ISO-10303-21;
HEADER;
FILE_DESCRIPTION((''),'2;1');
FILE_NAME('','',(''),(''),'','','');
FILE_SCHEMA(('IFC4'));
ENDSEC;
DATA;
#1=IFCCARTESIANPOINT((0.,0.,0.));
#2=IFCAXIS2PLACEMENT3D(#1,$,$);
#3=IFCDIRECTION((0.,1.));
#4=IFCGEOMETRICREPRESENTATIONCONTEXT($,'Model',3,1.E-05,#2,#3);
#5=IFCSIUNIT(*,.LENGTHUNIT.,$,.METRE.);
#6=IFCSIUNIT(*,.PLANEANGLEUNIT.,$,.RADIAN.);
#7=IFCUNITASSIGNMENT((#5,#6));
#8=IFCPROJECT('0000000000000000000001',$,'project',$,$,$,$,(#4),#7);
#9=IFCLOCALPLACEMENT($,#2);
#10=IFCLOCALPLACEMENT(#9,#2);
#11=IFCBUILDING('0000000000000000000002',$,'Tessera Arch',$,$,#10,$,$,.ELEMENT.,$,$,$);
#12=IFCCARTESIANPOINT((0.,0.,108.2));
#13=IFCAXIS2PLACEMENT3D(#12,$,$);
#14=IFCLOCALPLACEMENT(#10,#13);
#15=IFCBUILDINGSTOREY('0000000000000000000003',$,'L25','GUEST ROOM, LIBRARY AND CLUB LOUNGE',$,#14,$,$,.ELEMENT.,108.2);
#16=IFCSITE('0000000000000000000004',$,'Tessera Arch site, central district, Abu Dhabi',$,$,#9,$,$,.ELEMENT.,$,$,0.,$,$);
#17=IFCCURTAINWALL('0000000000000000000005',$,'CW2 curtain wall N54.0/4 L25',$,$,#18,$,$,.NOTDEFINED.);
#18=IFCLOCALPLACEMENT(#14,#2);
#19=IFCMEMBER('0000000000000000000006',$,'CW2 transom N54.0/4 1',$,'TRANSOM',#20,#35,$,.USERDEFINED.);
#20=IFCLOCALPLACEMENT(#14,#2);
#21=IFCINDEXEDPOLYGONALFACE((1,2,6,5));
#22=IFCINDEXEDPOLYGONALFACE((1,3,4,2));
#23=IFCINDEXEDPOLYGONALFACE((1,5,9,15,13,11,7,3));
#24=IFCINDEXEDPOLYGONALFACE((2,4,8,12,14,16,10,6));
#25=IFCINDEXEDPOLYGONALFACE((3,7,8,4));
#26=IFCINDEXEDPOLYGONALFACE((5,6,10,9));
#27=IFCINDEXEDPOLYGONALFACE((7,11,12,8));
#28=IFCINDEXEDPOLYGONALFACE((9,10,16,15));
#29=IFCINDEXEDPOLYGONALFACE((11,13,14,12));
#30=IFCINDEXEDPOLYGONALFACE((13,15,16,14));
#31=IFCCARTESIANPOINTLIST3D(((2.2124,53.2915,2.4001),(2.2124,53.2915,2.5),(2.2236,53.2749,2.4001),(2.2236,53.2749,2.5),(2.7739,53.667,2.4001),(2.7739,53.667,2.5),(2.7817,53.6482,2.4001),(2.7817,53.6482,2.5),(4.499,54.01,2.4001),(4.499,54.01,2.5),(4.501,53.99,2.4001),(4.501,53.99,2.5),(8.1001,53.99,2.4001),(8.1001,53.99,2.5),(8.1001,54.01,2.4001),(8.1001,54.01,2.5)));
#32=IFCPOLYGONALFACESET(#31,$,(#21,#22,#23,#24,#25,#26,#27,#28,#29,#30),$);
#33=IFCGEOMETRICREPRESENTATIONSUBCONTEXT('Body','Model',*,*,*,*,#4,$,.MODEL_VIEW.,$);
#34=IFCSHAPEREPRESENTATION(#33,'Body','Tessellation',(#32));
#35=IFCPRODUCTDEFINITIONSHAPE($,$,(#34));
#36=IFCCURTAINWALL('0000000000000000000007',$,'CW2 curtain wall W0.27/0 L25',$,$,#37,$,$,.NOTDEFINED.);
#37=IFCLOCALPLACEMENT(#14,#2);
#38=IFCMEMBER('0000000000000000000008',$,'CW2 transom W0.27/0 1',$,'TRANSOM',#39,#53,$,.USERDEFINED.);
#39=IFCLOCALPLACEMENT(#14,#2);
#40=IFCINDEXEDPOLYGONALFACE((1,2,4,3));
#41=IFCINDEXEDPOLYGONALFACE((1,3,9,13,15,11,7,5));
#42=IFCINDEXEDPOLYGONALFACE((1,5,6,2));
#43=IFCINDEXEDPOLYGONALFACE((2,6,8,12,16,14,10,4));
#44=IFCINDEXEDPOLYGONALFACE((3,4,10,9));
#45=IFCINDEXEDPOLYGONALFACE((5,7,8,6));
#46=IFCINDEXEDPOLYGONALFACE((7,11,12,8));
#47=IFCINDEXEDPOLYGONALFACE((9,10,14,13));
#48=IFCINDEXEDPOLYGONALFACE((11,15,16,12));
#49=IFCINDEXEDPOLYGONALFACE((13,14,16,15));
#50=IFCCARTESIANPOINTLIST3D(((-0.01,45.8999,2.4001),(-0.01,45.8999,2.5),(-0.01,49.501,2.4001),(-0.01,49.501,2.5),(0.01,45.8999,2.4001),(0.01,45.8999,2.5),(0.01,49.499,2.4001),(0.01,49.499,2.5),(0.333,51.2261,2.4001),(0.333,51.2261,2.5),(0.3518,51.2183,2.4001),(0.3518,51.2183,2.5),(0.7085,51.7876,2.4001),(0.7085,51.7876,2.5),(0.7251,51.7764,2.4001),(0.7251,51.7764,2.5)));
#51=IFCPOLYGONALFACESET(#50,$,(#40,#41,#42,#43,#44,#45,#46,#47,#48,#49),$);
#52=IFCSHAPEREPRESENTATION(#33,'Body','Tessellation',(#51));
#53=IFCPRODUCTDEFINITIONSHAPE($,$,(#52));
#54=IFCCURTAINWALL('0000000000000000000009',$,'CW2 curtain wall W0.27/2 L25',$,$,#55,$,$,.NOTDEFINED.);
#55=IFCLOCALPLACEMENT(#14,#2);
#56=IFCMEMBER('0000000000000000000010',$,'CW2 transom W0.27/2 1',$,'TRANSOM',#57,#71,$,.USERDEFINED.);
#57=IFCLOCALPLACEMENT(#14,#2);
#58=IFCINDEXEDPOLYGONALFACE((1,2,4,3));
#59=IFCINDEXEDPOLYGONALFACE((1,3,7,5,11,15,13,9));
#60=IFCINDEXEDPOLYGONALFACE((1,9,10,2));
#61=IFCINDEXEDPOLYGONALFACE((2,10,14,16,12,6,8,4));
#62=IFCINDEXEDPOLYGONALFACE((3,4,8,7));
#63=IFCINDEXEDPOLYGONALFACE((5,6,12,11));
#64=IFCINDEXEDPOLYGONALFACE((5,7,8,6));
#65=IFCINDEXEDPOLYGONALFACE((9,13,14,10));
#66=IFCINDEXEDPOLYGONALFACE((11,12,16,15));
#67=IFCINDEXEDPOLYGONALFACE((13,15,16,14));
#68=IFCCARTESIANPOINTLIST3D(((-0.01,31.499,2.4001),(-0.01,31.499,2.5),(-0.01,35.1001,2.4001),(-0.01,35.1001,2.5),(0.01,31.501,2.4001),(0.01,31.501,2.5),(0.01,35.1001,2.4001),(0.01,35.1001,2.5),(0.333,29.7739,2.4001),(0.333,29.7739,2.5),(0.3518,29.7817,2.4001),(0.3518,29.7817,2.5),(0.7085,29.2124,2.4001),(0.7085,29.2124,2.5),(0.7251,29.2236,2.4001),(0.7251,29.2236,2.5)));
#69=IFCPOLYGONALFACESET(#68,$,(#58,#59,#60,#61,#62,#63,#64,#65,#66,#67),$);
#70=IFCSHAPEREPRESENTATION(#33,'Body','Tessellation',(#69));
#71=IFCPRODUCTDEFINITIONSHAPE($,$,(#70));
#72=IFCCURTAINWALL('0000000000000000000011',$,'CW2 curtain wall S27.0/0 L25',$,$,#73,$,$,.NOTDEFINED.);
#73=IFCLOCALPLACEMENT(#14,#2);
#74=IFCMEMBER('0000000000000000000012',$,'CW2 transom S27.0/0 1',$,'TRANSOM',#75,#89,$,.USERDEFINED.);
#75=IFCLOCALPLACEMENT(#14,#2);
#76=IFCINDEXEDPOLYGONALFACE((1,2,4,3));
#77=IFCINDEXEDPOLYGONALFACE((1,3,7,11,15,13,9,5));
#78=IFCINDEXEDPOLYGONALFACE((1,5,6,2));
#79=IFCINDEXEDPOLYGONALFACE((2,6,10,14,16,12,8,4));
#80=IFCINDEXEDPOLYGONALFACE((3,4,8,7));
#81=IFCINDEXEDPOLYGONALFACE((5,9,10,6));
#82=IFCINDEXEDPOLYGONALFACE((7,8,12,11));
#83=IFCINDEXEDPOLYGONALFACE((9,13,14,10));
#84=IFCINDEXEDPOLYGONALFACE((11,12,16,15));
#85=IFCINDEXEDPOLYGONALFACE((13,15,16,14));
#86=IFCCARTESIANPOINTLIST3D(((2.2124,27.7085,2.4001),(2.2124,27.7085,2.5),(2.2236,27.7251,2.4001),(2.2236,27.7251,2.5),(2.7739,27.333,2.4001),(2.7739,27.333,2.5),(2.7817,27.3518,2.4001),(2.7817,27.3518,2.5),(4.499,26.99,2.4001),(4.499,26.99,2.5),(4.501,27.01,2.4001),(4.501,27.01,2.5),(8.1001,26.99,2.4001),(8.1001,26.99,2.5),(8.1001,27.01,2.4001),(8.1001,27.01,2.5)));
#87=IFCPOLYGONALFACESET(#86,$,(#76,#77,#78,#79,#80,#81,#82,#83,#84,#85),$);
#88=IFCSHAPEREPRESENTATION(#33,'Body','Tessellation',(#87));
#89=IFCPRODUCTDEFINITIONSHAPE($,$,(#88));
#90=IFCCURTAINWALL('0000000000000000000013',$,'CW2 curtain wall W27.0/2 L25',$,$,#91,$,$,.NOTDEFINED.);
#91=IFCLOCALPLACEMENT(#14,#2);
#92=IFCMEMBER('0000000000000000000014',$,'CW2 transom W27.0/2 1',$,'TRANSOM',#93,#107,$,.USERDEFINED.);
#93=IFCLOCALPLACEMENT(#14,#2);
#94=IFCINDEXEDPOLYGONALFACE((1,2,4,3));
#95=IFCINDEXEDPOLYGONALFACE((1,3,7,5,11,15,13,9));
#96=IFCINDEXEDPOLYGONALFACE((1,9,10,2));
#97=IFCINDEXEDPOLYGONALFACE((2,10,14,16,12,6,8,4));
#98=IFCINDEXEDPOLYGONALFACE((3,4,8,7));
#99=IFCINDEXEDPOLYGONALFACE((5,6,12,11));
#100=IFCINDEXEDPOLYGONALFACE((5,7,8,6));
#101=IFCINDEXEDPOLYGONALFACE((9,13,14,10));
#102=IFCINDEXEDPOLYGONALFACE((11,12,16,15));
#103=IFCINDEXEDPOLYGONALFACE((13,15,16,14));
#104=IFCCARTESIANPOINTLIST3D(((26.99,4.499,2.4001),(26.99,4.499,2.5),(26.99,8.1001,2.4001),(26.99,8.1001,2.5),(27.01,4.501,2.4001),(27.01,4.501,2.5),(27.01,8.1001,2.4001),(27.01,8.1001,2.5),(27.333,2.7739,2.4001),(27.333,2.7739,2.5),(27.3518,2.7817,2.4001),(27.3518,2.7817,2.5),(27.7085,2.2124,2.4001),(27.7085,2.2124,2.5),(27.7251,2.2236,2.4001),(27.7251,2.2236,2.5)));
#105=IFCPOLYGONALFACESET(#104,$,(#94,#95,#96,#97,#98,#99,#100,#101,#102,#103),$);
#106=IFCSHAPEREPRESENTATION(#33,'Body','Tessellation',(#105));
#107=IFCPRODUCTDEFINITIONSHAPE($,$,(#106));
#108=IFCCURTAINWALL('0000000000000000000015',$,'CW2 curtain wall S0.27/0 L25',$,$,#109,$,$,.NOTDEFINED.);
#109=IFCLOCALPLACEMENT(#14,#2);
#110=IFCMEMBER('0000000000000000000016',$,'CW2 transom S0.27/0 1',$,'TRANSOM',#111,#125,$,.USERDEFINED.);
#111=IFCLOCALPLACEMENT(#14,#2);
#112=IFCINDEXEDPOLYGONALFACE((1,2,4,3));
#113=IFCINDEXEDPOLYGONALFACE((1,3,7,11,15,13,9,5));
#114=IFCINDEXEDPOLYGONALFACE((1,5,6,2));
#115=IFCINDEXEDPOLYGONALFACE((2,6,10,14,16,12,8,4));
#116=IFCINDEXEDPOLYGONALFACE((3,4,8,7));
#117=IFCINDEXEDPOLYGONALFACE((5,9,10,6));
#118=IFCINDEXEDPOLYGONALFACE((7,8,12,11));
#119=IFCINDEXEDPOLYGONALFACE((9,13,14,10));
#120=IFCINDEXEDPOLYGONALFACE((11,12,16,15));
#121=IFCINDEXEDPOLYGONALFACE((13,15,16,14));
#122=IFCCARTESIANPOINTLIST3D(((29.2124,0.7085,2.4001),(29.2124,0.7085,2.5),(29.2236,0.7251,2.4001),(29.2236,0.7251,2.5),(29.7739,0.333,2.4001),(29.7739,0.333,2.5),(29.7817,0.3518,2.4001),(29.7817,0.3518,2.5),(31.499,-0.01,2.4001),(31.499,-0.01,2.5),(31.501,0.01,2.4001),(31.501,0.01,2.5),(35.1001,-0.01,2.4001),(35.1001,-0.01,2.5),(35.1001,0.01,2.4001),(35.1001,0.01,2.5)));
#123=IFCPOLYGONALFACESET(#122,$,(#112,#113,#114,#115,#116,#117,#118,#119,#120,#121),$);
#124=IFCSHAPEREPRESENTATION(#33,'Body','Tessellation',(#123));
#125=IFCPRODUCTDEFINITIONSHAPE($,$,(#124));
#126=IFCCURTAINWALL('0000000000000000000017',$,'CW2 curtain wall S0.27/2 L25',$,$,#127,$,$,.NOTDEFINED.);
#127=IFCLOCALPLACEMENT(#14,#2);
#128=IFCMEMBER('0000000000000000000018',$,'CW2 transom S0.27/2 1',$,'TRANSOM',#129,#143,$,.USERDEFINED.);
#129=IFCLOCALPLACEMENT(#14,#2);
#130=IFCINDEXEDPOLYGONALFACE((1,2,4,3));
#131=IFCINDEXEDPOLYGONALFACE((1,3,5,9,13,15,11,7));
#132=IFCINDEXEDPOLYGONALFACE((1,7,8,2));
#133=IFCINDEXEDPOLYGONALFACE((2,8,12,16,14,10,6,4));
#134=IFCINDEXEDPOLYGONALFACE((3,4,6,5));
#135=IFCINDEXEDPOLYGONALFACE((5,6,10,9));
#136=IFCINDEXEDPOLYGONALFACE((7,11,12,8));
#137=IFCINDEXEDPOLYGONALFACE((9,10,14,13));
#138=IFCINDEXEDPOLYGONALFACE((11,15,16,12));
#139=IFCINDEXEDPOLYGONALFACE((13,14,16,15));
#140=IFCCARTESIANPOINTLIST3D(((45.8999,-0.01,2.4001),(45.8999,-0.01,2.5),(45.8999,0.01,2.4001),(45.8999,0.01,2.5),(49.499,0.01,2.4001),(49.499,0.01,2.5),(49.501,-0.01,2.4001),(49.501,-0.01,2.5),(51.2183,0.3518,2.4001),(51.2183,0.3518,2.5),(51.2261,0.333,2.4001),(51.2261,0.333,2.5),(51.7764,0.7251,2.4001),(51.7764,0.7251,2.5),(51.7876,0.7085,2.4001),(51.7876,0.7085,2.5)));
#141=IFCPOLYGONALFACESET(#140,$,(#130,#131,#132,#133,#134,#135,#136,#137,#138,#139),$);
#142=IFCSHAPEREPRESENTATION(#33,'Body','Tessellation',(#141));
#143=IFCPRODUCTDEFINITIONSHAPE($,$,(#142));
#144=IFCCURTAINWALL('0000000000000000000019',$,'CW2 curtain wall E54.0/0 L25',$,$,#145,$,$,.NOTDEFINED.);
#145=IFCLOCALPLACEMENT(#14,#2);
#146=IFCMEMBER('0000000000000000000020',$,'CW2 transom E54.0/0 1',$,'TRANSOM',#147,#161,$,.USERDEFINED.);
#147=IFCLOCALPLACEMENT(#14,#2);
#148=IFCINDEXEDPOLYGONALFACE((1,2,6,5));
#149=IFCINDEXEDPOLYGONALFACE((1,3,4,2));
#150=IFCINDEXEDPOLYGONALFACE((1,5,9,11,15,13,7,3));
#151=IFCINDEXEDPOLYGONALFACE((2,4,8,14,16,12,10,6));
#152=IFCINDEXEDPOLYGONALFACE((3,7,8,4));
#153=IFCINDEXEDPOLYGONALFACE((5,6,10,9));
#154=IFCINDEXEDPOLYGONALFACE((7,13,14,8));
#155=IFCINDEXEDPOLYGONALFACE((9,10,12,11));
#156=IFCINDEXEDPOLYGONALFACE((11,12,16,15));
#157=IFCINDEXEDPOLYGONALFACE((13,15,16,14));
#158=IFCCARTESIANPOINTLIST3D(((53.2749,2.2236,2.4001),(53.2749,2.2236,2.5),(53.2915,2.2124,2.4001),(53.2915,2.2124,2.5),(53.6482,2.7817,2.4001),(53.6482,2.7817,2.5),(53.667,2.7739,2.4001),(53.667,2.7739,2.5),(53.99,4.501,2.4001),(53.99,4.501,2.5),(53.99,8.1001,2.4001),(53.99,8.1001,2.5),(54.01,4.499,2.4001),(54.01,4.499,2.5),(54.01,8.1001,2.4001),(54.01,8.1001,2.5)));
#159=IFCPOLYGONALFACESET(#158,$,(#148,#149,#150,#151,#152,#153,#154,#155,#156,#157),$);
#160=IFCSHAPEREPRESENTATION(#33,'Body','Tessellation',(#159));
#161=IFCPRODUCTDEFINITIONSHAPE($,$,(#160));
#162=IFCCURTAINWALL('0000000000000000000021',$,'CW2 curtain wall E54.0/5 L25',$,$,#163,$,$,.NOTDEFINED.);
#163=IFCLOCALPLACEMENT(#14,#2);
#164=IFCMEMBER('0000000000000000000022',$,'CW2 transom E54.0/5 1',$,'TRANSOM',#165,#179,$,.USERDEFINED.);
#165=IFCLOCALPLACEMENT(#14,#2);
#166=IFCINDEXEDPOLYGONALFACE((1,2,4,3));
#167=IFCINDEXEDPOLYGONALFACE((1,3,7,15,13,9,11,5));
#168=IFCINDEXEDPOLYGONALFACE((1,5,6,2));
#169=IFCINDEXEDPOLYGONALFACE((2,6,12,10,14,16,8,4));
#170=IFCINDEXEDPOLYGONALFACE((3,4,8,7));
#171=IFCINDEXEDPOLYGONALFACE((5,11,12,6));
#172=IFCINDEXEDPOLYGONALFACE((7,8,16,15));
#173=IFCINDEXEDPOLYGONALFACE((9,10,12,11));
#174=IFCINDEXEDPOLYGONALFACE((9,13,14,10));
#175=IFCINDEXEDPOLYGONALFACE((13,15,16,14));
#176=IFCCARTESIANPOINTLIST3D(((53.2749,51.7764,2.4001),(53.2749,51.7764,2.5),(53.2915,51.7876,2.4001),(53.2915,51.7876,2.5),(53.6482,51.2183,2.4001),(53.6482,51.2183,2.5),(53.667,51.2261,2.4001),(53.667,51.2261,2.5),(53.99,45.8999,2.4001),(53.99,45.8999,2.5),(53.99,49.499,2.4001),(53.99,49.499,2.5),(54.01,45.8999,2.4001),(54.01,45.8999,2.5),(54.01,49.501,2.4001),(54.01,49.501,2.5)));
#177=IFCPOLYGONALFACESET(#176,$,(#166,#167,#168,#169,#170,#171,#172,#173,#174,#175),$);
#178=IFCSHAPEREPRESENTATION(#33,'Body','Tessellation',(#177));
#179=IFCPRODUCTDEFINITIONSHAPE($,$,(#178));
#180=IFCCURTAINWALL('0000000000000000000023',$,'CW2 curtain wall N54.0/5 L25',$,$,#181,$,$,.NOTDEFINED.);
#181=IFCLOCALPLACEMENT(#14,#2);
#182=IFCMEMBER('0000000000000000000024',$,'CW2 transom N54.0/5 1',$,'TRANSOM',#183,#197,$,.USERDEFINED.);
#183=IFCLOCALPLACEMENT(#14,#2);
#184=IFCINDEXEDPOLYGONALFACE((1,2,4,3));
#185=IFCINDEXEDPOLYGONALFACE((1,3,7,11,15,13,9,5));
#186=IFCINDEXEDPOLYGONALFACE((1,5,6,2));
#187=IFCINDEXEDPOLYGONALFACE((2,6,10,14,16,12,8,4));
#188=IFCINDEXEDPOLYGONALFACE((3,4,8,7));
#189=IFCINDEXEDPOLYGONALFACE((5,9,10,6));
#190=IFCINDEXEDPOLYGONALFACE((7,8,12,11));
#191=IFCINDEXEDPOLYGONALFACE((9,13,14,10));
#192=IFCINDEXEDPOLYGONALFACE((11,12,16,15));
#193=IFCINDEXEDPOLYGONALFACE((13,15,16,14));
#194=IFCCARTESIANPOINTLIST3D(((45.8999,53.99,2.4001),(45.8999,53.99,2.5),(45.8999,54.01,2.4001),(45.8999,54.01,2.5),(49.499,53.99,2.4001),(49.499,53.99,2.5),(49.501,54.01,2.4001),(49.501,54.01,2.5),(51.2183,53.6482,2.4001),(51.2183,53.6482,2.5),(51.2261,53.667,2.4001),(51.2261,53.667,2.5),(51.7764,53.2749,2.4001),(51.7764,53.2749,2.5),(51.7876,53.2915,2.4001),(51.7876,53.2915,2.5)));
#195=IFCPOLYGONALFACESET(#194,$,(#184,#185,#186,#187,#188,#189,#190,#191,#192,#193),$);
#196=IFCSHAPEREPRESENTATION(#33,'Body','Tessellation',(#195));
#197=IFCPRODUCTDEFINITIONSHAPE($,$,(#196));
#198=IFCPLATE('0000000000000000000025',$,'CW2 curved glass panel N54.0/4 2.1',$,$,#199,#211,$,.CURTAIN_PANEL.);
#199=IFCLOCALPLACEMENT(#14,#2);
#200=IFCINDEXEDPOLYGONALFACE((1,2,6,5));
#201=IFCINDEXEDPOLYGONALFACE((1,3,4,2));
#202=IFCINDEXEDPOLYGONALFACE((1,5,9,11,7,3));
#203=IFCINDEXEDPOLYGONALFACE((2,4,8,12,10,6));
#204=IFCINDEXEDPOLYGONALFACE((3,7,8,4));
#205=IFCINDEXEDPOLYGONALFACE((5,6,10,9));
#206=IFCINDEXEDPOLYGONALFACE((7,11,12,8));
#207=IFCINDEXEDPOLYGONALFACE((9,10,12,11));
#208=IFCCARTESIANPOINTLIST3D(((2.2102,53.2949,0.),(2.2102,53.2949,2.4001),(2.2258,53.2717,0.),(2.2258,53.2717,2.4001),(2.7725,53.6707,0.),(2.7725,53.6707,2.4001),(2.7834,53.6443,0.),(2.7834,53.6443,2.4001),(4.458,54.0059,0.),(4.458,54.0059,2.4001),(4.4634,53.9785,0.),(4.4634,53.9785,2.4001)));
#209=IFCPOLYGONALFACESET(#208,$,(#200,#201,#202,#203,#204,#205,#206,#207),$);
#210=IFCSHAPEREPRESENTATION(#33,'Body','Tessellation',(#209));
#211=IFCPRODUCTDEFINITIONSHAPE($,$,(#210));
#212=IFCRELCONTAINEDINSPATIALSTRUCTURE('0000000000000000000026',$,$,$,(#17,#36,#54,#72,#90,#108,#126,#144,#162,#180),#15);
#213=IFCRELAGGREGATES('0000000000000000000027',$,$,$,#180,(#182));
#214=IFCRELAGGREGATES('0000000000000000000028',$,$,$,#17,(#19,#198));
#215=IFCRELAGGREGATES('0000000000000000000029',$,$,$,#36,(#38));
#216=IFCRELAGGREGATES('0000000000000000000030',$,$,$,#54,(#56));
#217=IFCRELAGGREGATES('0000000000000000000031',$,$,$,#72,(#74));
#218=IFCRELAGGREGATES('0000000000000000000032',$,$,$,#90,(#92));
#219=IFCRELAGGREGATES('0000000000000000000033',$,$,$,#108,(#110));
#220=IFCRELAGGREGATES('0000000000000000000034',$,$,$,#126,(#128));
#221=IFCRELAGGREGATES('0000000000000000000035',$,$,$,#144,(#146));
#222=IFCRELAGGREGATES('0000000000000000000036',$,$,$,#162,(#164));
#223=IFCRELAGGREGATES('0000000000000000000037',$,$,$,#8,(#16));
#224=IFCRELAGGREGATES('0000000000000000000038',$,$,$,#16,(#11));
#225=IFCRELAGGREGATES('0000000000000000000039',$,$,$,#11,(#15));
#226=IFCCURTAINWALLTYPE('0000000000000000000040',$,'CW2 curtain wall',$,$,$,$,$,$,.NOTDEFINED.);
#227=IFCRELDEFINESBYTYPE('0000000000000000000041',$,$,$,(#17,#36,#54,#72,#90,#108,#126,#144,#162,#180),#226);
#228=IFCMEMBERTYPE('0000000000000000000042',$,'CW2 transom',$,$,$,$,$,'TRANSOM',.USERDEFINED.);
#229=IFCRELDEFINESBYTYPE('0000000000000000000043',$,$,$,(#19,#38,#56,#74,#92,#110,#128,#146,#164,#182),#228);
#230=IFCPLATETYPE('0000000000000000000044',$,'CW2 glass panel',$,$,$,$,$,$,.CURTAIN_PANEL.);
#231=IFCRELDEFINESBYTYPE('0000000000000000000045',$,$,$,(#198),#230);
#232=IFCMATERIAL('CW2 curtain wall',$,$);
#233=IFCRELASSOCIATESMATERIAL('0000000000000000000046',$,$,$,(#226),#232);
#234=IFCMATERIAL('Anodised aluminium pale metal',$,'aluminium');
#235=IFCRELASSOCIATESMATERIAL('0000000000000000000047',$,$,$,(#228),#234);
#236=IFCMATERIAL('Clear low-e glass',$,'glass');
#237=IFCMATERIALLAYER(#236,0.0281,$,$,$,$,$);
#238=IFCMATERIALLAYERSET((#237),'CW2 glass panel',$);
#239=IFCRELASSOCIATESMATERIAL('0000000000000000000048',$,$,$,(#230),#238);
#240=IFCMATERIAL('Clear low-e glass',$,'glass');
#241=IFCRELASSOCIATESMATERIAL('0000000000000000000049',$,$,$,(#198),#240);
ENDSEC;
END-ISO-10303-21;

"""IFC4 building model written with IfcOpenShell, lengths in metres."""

from ifc_helpers import new_model, si_unit, direction, frame, origin, origin_2d, place, context, subcontext, project, spatial, polyline, rectangle, outline, extrude, material, layer, layer_set, material_profile, profile_set, type_object, element, aggregate, save


model = new_model("IFC4")

# Units and contexts
model_context = context("Model", 3, precision=1e-05, world=origin(), true_north=direction((0.0, 1.0)))
body_context = subcontext(model_context, "Body", "Model", "MODEL_VIEW")
ifc_project = project(units=[si_unit("LENGTHUNIT", "METRE"), si_unit("PLANEANGLEUNIT", "RADIAN")], contexts=[model_context])

# Site, building, storey
site_placement = place(None, origin())
site = spatial("IfcSite", under=ifc_project, at=site_placement, Name="Tessera Arch site, central district, Abu Dhabi", CompositionType="ELEMENT", RefElevation=0.0)
building_placement = place(site_placement, origin())
building = spatial("IfcBuilding", under=site, at=building_placement, Name="Tessera Arch", CompositionType="ELEMENT")
storey_placement = place(building_placement, frame((0.0, 0.0, 108.2)))
storey = spatial("IfcBuildingStorey", under=building, at=storey_placement, Name="L25", Description="GUEST ROOM, LIBRARY AND CLUB LOUNGE", CompositionType="ELEMENT", Elevation=108.2)

# Curtain walls, members
ifc_material_1 = material(Name="CW2 curtain wall")
curtain_wall_type = type_object("IfcCurtainWallType", Name="CW2 curtain wall", PredefinedType="NOTDEFINED", material=ifc_material_1)
curtain_wall_1_placement = place(storey_placement, origin())
curtain_wall_1 = element("IfcCurtainWall", 1, at=curtain_wall_1_placement, inside=storey, type_object=curtain_wall_type, Name="CW2 curtain wall N54.0/4 L25", PredefinedType="NOTDEFINED")
ifc_material_2 = material(Name="Anodised aluminium pale metal", Category="aluminium")
ifc_material_profile = material_profile(ifc_material_2, rectangle(XDim=0.2, YDim=0.1001, at=origin_2d()), Name="AL 200x100")
ifc_profile_set = profile_set([ifc_material_profile], Name="Anodised aluminium pale metal")
member_type = type_object("IfcMemberType", Name="CW2 transom", ElementType="TRANSOM", PredefinedType="USERDEFINED", material=ifc_profile_set)
member_1_placement = place(storey_placement, frame((0.0, 0.0, 2.4001)))
member_1 = element("IfcMember", 2, at=member_1_placement, type_object=member_type, Name="CW2 transom N54.0/4 1", ObjectType="TRANSOM", PredefinedType="USERDEFINED", context=body_context, shape_type="SweptSolid", body=[
    extrude(outline(polyline([(4.501, 53.99), (8.1001, 53.99), (8.1001, 54.01), (4.499, 54.01), (2.7739, 53.667), (2.2124, 53.2915), (2.2236, 53.2749), (2.7817, 53.6482), (4.501, 53.99)])), origin(), (0.0, 0.0, 1.0), 0.0999),
])
curtain_wall_2_placement = place(storey_placement, origin())
curtain_wall_2 = element("IfcCurtainWall", 3, at=curtain_wall_2_placement, inside=storey, type_object=curtain_wall_type, Name="CW2 curtain wall W0.27/0 L25", PredefinedType="NOTDEFINED")
member_2_placement = place(storey_placement, frame((0.0, 0.0, 2.4001)))
member_2 = element("IfcMember", 4, at=member_2_placement, type_object=member_type, Name="CW2 transom W0.27/0 1", ObjectType="TRANSOM", PredefinedType="USERDEFINED", context=body_context, shape_type="SweptSolid", body=[
    extrude(outline(polyline([(0.3518, 51.2183), (0.7251, 51.7764), (0.7085, 51.7876), (0.333, 51.2261), (-0.01, 49.501), (-0.01, 45.8999), (0.01, 45.8999), (0.01, 49.499), (0.3518, 51.2183)])), origin(), (0.0, 0.0, 1.0), 0.0999),
])
curtain_wall_3_placement = place(storey_placement, origin())
curtain_wall_3 = element("IfcCurtainWall", 5, at=curtain_wall_3_placement, inside=storey, type_object=curtain_wall_type, Name="CW2 curtain wall W0.27/2 L25", PredefinedType="NOTDEFINED")
member_3_placement = place(storey_placement, frame((0.0, 0.0, 2.4001)))
member_3 = element("IfcMember", 6, at=member_3_placement, type_object=member_type, Name="CW2 transom W0.27/2 1", ObjectType="TRANSOM", PredefinedType="USERDEFINED", context=body_context, shape_type="SweptSolid", body=[
    extrude(outline(polyline([(0.01, 31.501), (0.01, 35.1001), (-0.01, 35.1001), (-0.01, 31.499), (0.333, 29.7739), (0.7085, 29.2124), (0.7251, 29.2236), (0.3518, 29.7817), (0.01, 31.501)])), origin(), (0.0, 0.0, 1.0), 0.0999),
])
curtain_wall_4_placement = place(storey_placement, origin())
curtain_wall_4 = element("IfcCurtainWall", 7, at=curtain_wall_4_placement, inside=storey, type_object=curtain_wall_type, Name="CW2 curtain wall S27.0/0 L25", PredefinedType="NOTDEFINED")
member_4_placement = place(storey_placement, frame((0.0, 0.0, 2.4001)))
member_4 = element("IfcMember", 8, at=member_4_placement, type_object=member_type, Name="CW2 transom S27.0/0 1", ObjectType="TRANSOM", PredefinedType="USERDEFINED", context=body_context, shape_type="SweptSolid", body=[
    extrude(outline(polyline([(2.7817, 27.3518), (2.2236, 27.7251), (2.2124, 27.7085), (2.7739, 27.333), (4.499, 26.99), (8.1001, 26.99), (8.1001, 27.01), (4.501, 27.01), (2.7817, 27.3518)])), origin(), (0.0, 0.0, 1.0), 0.0999),
])
curtain_wall_5_placement = place(storey_placement, origin())
curtain_wall_5 = element("IfcCurtainWall", 9, at=curtain_wall_5_placement, inside=storey, type_object=curtain_wall_type, Name="CW2 curtain wall W27.0/2 L25", PredefinedType="NOTDEFINED")
member_5_placement = place(storey_placement, frame((0.0, 0.0, 2.4001)))
member_5 = element("IfcMember", 10, at=member_5_placement, type_object=member_type, Name="CW2 transom W27.0/2 1", ObjectType="TRANSOM", PredefinedType="USERDEFINED", context=body_context, shape_type="SweptSolid", body=[
    extrude(outline(polyline([(27.01, 4.501), (27.01, 8.1001), (26.99, 8.1001), (26.99, 4.499), (27.333, 2.7739), (27.7085, 2.2124), (27.7251, 2.2236), (27.3518, 2.7817), (27.01, 4.501)])), origin(), (0.0, 0.0, 1.0), 0.0999),
])
curtain_wall_6_placement = place(storey_placement, origin())
curtain_wall_6 = element("IfcCurtainWall", 11, at=curtain_wall_6_placement, inside=storey, type_object=curtain_wall_type, Name="CW2 curtain wall S0.27/0 L25", PredefinedType="NOTDEFINED")
member_6_placement = place(storey_placement, frame((0.0, 0.0, 2.4001)))
member_6 = element("IfcMember", 12, at=member_6_placement, type_object=member_type, Name="CW2 transom S0.27/0 1", ObjectType="TRANSOM", PredefinedType="USERDEFINED", context=body_context, shape_type="SweptSolid", body=[
    extrude(outline(polyline([(29.7817, 0.3518), (29.2236, 0.7251), (29.2124, 0.7085), (29.7739, 0.333), (31.499, -0.01), (35.1001, -0.01), (35.1001, 0.01), (31.501, 0.01), (29.7817, 0.3518)])), origin(), (0.0, 0.0, 1.0), 0.0999),
])
curtain_wall_7_placement = place(storey_placement, origin())
curtain_wall_7 = element("IfcCurtainWall", 13, at=curtain_wall_7_placement, inside=storey, type_object=curtain_wall_type, Name="CW2 curtain wall S0.27/2 L25", PredefinedType="NOTDEFINED")
member_7_placement = place(storey_placement, frame((0.0, 0.0, 2.4001)))
member_7 = element("IfcMember", 14, at=member_7_placement, type_object=member_type, Name="CW2 transom S0.27/2 1", ObjectType="TRANSOM", PredefinedType="USERDEFINED", context=body_context, shape_type="SweptSolid", body=[
    extrude(outline(polyline([(49.499, 0.01), (45.8999, 0.01), (45.8999, -0.01), (49.501, -0.01), (51.2261, 0.333), (51.7876, 0.7085), (51.7764, 0.7251), (51.2183, 0.3518), (49.499, 0.01)])), origin(), (0.0, 0.0, 1.0), 0.0999),
])
curtain_wall_8_placement = place(storey_placement, origin())
curtain_wall_8 = element("IfcCurtainWall", 15, at=curtain_wall_8_placement, inside=storey, type_object=curtain_wall_type, Name="CW2 curtain wall E54.0/0 L25", PredefinedType="NOTDEFINED")
member_8_placement = place(storey_placement, frame((0.0, 0.0, 2.4001)))
member_8 = element("IfcMember", 16, at=member_8_placement, type_object=member_type, Name="CW2 transom E54.0/0 1", ObjectType="TRANSOM", PredefinedType="USERDEFINED", context=body_context, shape_type="SweptSolid", body=[
    extrude(outline(polyline([(53.6482, 2.7817), (53.2749, 2.2236), (53.2915, 2.2124), (53.667, 2.7739), (54.01, 4.499), (54.01, 8.1001), (53.99, 8.1001), (53.99, 4.501), (53.6482, 2.7817)])), origin(), (0.0, 0.0, 1.0), 0.0999),
])
curtain_wall_9_placement = place(storey_placement, origin())
curtain_wall_9 = element("IfcCurtainWall", 17, at=curtain_wall_9_placement, inside=storey, type_object=curtain_wall_type, Name="CW2 curtain wall E54.0/5 L25", PredefinedType="NOTDEFINED")
member_9_placement = place(storey_placement, frame((0.0, 0.0, 2.4001)))
member_9 = element("IfcMember", 18, at=member_9_placement, type_object=member_type, Name="CW2 transom E54.0/5 1", ObjectType="TRANSOM", PredefinedType="USERDEFINED", context=body_context, shape_type="SweptSolid", body=[
    extrude(outline(polyline([(53.99, 49.499), (53.99, 45.8999), (54.01, 45.8999), (54.01, 49.501), (53.667, 51.2261), (53.2915, 51.7876), (53.2749, 51.7764), (53.6482, 51.2183), (53.99, 49.499)])), origin(), (0.0, 0.0, 1.0), 0.0999),
])
curtain_wall_10_placement = place(storey_placement, origin())
curtain_wall_10 = element("IfcCurtainWall", 19, at=curtain_wall_10_placement, inside=storey, type_object=curtain_wall_type, Name="CW2 curtain wall N54.0/5 L25", PredefinedType="NOTDEFINED")
member_10_placement = place(storey_placement, frame((0.0, 0.0, 2.4001)))
member_10 = element("IfcMember", 20, at=member_10_placement, type_object=member_type, Name="CW2 transom N54.0/5 1", ObjectType="TRANSOM", PredefinedType="USERDEFINED", context=body_context, shape_type="SweptSolid", body=[
    extrude(outline(polyline([(51.2183, 53.6482), (51.7764, 53.2749), (51.7876, 53.2915), (51.2261, 53.667), (49.501, 54.01), (45.8999, 54.01), (45.8999, 53.99), (49.499, 53.99), (51.2183, 53.6482)])), origin(), (0.0, 0.0, 1.0), 0.0999),
])
aggregate(curtain_wall_10, [member_10])

# Plate
ifc_material_3 = material(Name="Clear low-e glass", Category="glass")
ifc_material_4 = material(Name="Clear low-e glass", Category="glass")
ifc_layer_1 = layer(ifc_material_4, 0.0281)
ifc_layer_set_1 = layer_set([ifc_layer_1], Name="CW2 glass panel")
plate_type_1 = type_object("IfcPlateType", Name="CW2 glass panel", PredefinedType="CURTAIN_PANEL", material=ifc_layer_set_1)
plate_1_placement = place(storey_placement, origin())
plate_1 = element("IfcPlate", 21, at=plate_1_placement, type_object=plate_type_1, material=ifc_material_3, Name="CW2 curved glass panel N54.0/4 2.1", PredefinedType="CURTAIN_PANEL", context=body_context, shape_type="SweptSolid", body=[
    extrude(outline(polyline([(2.7834, 53.6443), (4.4634, 53.9785), (4.458, 54.0059), (2.7725, 53.6707), (2.2102, 53.2949), (2.2258, 53.2717), (2.7834, 53.6443)])), origin(), (0.0, 0.0, 1.0), 2.4001),
])
aggregate(curtain_wall_1, [member_1, plate_1])
aggregate(curtain_wall_2, [member_2])
aggregate(curtain_wall_3, [member_3])
aggregate(curtain_wall_4, [member_4])
aggregate(curtain_wall_5, [member_5])
aggregate(curtain_wall_6, [member_6])
aggregate(curtain_wall_7, [member_7])
aggregate(curtain_wall_8, [member_8])
aggregate(curtain_wall_9, [member_9])

save(model, "model.ifc")
